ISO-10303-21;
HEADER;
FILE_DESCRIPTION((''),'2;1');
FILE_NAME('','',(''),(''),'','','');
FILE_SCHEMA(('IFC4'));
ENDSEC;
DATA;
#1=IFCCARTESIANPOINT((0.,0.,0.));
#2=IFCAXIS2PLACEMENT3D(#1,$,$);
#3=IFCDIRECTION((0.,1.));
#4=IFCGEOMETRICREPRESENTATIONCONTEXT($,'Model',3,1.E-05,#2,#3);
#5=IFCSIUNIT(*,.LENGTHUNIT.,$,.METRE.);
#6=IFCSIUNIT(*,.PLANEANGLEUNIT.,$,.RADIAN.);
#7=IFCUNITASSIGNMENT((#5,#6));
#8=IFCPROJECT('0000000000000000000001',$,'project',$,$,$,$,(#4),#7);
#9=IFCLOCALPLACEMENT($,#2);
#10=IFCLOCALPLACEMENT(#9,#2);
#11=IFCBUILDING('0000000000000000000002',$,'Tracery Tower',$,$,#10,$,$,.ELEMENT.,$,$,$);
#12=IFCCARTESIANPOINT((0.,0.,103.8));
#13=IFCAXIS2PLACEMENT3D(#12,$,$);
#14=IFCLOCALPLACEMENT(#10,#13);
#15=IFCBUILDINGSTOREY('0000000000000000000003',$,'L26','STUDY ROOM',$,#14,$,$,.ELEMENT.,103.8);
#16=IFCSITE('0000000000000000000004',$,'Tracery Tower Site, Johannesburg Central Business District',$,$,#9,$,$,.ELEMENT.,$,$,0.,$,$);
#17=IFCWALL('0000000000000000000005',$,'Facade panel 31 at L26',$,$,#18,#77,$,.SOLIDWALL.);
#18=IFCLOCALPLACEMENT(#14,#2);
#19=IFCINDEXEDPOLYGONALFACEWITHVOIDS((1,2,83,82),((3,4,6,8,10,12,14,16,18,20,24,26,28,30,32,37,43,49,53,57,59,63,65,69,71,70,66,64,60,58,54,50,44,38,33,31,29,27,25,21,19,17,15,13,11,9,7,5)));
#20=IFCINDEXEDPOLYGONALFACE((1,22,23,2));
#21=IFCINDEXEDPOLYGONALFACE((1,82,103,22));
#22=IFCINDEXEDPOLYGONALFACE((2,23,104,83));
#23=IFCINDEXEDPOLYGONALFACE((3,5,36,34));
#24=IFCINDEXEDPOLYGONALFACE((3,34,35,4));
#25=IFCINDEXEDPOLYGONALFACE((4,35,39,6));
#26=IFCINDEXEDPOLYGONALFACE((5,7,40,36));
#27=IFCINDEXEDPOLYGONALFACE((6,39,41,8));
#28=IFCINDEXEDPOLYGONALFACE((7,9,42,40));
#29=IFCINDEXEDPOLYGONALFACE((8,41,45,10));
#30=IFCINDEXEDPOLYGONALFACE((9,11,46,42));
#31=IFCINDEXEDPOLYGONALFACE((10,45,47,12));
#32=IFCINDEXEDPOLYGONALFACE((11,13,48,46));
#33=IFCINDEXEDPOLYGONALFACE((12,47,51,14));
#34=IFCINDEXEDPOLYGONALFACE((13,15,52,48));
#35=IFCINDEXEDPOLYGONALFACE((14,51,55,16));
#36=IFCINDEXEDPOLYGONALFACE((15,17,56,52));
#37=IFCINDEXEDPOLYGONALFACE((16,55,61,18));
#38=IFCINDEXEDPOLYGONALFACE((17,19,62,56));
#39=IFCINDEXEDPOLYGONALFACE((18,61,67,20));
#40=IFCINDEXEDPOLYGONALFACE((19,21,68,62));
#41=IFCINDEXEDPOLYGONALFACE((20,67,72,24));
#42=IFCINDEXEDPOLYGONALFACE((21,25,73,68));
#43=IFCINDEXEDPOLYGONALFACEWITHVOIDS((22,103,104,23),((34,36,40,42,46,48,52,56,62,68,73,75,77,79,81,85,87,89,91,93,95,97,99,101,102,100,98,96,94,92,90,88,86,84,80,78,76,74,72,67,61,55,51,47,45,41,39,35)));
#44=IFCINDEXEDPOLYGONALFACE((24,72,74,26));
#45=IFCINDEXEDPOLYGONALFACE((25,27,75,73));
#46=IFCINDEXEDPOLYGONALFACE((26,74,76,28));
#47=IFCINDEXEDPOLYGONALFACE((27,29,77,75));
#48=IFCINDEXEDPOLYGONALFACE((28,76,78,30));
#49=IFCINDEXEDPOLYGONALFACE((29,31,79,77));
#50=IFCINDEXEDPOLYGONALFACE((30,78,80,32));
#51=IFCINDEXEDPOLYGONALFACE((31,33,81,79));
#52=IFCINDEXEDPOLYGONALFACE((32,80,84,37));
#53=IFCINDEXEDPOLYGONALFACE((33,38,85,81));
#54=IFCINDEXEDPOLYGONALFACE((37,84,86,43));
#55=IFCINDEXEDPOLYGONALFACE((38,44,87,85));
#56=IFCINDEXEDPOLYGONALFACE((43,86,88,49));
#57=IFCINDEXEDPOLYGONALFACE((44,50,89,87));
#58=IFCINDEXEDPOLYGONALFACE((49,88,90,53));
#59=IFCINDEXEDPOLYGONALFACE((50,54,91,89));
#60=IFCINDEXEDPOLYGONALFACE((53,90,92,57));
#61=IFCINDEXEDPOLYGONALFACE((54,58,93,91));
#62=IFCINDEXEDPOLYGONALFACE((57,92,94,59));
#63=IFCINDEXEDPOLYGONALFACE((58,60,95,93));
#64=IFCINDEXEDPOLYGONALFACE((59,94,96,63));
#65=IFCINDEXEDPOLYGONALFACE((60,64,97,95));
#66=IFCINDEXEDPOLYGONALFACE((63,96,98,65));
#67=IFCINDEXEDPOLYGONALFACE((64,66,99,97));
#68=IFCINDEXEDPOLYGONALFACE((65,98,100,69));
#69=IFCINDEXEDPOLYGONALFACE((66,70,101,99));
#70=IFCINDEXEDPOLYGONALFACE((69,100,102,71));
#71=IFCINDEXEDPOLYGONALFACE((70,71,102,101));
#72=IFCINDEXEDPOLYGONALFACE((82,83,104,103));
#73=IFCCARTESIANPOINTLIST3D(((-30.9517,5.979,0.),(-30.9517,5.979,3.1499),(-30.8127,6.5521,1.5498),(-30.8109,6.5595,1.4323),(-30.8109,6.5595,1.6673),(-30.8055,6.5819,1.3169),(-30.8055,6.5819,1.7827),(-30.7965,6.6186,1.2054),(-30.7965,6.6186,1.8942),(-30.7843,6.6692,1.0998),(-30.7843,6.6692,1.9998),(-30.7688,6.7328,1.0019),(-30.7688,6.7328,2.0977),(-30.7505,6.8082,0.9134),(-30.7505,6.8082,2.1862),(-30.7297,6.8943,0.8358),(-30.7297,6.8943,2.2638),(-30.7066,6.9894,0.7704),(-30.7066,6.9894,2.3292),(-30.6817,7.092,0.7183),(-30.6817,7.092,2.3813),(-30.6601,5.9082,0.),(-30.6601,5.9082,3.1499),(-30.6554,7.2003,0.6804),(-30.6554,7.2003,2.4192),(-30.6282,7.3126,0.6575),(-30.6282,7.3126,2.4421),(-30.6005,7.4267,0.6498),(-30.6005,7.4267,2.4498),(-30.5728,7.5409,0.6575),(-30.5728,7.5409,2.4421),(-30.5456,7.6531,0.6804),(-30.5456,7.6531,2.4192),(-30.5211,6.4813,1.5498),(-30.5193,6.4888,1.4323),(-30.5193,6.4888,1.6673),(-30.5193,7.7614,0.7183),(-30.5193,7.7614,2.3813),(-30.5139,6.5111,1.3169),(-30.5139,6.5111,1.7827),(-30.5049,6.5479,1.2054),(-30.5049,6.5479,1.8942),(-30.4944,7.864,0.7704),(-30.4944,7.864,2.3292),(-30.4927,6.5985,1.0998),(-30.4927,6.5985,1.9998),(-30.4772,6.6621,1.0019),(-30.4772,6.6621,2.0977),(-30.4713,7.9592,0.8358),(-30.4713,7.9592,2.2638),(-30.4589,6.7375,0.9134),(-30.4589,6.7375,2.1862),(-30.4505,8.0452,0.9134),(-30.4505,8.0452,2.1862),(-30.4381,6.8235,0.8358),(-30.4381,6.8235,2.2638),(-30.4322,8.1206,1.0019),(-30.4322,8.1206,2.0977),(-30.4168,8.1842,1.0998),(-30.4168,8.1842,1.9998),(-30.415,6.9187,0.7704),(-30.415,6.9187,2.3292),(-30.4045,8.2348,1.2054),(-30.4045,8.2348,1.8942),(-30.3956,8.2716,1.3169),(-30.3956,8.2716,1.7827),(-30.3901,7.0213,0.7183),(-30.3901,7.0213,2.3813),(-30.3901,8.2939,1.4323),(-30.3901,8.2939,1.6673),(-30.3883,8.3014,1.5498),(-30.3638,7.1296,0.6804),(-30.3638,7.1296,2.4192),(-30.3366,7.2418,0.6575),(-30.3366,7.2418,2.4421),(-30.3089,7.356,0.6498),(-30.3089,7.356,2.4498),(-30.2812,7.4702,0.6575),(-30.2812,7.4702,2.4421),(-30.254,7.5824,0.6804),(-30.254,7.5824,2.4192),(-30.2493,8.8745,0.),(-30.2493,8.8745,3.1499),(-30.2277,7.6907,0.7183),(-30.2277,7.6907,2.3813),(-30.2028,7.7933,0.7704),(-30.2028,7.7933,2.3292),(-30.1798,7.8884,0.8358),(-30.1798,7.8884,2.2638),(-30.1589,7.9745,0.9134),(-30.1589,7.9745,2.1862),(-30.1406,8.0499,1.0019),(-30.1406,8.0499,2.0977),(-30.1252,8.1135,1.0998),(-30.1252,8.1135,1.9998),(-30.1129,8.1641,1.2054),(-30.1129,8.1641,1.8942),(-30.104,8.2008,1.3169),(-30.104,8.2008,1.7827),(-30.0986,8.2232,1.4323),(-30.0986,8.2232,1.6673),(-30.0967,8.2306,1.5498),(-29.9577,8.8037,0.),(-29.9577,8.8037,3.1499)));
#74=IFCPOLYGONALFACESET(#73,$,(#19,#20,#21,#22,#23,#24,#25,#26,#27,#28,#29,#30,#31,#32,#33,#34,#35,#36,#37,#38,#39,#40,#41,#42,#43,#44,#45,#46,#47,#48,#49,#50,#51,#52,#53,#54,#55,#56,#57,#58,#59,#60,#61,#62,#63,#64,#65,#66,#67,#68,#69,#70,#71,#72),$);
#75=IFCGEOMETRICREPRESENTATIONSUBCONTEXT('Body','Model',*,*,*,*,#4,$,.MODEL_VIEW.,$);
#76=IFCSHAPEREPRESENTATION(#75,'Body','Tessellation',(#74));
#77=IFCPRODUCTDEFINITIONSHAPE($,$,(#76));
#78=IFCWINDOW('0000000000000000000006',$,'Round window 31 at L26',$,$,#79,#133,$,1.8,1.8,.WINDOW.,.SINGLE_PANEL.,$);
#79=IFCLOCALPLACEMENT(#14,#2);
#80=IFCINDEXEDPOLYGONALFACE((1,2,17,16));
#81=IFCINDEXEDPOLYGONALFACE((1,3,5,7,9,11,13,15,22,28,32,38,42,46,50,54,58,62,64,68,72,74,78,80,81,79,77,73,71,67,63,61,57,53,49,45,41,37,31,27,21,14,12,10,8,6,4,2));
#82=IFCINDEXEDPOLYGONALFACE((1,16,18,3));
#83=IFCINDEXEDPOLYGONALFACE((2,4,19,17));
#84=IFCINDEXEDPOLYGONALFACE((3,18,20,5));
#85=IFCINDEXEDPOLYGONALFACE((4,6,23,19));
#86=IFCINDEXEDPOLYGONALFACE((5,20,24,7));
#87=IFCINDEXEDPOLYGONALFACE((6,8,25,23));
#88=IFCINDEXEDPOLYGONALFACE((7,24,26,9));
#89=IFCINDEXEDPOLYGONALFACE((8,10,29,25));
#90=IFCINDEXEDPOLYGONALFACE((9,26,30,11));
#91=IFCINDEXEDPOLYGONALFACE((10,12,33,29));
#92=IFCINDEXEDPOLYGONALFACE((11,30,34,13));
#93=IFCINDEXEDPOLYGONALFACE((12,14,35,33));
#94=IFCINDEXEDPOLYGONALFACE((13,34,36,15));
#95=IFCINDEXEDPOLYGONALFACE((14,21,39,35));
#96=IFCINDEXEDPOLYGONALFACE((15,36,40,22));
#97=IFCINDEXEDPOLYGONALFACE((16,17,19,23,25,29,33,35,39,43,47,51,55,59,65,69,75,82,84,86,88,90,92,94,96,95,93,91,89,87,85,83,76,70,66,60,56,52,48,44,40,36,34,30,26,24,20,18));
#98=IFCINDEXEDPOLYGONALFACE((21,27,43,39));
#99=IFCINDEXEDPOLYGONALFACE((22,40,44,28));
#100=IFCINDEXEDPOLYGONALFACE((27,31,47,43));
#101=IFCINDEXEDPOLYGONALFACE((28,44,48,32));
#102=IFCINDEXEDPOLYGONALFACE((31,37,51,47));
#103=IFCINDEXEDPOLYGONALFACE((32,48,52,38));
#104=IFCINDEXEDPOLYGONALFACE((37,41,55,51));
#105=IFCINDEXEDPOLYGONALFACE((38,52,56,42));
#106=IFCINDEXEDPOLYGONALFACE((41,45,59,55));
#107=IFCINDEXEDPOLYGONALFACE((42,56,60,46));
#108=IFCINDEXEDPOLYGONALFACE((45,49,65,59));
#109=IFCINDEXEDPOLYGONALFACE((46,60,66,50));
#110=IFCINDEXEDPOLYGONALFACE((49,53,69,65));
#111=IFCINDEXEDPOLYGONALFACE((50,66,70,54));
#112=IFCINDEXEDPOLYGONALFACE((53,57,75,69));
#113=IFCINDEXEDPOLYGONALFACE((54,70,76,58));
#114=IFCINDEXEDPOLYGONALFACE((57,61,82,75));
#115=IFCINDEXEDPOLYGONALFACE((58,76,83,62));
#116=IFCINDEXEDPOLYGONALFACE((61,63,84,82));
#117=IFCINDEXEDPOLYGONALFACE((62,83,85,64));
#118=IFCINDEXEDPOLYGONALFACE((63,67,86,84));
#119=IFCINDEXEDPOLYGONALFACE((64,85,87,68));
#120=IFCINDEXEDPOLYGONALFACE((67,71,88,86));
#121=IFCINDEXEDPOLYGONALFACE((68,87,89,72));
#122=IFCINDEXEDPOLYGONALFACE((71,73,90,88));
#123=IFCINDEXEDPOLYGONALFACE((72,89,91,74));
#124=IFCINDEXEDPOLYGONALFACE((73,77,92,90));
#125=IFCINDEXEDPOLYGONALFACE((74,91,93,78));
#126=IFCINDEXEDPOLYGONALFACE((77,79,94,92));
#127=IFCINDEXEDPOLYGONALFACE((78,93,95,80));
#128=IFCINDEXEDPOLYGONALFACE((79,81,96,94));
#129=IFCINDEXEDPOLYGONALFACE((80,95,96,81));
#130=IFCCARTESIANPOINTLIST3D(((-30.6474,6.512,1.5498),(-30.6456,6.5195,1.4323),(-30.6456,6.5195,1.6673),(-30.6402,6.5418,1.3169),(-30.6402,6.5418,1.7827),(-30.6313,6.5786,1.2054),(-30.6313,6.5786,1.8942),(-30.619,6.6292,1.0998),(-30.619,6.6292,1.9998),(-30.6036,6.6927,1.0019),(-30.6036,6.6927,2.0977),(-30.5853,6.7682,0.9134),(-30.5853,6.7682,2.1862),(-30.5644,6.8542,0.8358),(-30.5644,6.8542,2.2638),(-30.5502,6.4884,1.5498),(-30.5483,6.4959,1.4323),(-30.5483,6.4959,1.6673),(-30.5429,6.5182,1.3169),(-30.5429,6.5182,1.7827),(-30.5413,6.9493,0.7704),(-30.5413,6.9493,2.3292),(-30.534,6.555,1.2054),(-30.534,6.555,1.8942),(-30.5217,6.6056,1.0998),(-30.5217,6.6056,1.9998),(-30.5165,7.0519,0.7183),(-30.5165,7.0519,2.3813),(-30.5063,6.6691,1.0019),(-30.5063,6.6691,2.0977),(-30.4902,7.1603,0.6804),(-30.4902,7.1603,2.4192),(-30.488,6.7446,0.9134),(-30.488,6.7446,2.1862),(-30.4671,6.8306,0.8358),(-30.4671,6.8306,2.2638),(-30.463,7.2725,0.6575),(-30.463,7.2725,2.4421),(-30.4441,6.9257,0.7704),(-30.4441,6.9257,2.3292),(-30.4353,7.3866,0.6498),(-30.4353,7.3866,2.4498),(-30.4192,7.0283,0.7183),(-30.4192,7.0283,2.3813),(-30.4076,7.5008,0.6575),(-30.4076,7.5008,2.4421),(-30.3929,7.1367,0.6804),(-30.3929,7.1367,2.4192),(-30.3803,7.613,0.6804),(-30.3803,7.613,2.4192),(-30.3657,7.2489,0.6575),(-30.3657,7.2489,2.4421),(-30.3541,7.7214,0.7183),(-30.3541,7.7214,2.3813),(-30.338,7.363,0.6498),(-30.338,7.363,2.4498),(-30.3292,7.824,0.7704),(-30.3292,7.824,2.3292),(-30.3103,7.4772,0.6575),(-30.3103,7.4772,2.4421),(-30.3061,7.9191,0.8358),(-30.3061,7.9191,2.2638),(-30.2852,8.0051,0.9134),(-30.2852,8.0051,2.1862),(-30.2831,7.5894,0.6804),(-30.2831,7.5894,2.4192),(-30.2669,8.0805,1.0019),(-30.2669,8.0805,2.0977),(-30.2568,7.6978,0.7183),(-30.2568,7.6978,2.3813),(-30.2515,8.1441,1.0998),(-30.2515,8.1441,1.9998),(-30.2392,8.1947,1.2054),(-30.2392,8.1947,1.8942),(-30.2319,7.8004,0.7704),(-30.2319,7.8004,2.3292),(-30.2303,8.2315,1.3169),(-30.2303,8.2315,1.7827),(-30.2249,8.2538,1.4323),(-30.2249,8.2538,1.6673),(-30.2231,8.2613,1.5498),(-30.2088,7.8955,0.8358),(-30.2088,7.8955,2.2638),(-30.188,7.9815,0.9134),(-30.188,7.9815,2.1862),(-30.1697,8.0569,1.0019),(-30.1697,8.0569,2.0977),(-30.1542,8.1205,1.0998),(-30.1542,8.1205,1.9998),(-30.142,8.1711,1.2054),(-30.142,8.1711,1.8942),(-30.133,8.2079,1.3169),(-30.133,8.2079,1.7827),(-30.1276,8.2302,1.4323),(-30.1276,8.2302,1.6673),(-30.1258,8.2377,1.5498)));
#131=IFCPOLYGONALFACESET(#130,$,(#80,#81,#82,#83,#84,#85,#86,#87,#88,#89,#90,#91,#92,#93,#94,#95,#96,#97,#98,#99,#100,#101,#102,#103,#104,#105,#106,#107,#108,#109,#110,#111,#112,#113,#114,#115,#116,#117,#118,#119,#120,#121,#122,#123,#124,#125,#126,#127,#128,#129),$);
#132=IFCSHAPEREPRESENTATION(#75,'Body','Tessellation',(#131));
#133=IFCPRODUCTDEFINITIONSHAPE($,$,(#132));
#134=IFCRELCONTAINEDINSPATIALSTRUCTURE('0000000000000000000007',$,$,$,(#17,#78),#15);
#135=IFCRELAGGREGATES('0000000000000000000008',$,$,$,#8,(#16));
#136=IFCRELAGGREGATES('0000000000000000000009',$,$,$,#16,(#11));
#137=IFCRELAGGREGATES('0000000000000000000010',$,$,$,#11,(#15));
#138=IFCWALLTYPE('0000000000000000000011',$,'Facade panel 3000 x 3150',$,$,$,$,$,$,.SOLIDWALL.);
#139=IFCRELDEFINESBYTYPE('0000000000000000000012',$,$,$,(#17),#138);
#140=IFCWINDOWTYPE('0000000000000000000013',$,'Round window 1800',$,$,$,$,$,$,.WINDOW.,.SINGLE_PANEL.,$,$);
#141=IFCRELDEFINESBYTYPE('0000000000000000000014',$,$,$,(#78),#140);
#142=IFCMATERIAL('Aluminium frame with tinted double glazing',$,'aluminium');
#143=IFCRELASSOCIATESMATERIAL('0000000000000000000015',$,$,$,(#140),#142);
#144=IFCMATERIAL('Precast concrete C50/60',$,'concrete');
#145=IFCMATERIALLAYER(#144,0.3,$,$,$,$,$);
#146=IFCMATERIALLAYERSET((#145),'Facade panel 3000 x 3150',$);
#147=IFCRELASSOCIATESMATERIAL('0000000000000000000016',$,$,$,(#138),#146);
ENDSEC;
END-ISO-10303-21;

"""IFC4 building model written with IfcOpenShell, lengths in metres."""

from ifc_helpers import new_model, si_unit, direction, frame, frame_2d, origin, origin_2d, place, context, subcontext, project, spatial, rectangle, circle, extrude, material, layer, layer_set, type_object, element, fill, save


model = new_model("IFC4")

# Units and contexts
model_context = context("Model", 3, precision=1e-05, world=origin(), true_north=direction((0.0, 1.0)))
body_context = subcontext(model_context, "Body", "Model", "MODEL_VIEW")
ifc_project = project(units=[si_unit("LENGTHUNIT", "METRE"), si_unit("PLANEANGLEUNIT", "RADIAN")], contexts=[model_context])

# Site, building, storey
site_placement = place(None, origin())
site = spatial("IfcSite", under=ifc_project, at=site_placement, Name="Tracery Tower Site, Johannesburg Central Business District", CompositionType="ELEMENT", RefElevation=0.0)
building_placement = place(site_placement, origin())
building = spatial("IfcBuilding", under=site, at=building_placement, Name="Tracery Tower", CompositionType="ELEMENT")
storey_placement = place(building_placement, frame((0.0, 0.0, 103.8)))
storey = spatial("IfcBuildingStorey", under=building, at=storey_placement, Name="L26", Description="STUDY ROOM", CompositionType="ELEMENT", Elevation=103.8)

# Wall, opening, window
ifc_material_1 = material(Name="Aluminium frame with tinted double glazing", Category="aluminium")
window_type = type_object("IfcWindowType", Name="Round window 1800", PartitioningType="SINGLE_PANEL", PredefinedType="WINDOW", material=ifc_material_1)
ifc_material_2 = material(Name="Precast concrete C50/60", Category="concrete")
ifc_layer_1 = layer(ifc_material_2, 0.3)
ifc_layer_set_1 = layer_set([ifc_layer_1], Name="Facade panel 3000 x 3150")
wall_type_1 = type_object("IfcWallType", Name="Facade panel 3000 x 3150", PredefinedType="SOLIDWALL", material=ifc_layer_set_1)
wall_1_placement = place(storey_placement, frame((-30.1035, 8.8391, 0.0), z_axis=(0.0, 0.0, 1.0), x_axis=(-0.235743, -0.971815, 0.0)))
wall_1 = element("IfcWall", 1, at=wall_1_placement, inside=storey, type_object=wall_type_1, Name="Facade panel 31 at L26", PredefinedType="SOLIDWALL", context=body_context, shape_type="SweptSolid", body=[
    extrude(rectangle(XDim=2.9795, YDim=0.3, at=frame_2d((1.4897, 0.0))), origin(), (0.0, 0.0, 1.0), 3.1499),
])
opening_1_placement = place(wall_1_placement, frame((1.4897, 0.0, 1.5498)))
opening_1 = element("IfcOpeningElement", 2, at=opening_1_placement, cuts=wall_1, PredefinedType="OPENING", context=body_context, shape_type="SweptSolid", body=[
    extrude(circle(Radius=0.9, at=origin_2d()), frame((0.0, 0.1599, 0.0), z_axis=(0.0, -1.0, 0.0), x_axis=(1.0, 0.0, 0.0)), (0.0, 0.0, 1.0), 0.3201),
])
window_1_placement = place(opening_1_placement, origin())
window_1 = element("IfcWindow", 3, at=window_1_placement, inside=storey, type_object=window_type, Name="Round window 31 at L26", OverallHeight=1.8, OverallWidth=1.8, PartitioningType="SINGLE_PANEL", PredefinedType="WINDOW", context=body_context, shape_type="SweptSolid", body=[
    extrude(circle(Radius=0.9, at=origin_2d()), frame((0.0, 0.1201, 0.0), z_axis=(0.0, -1.0, 0.0), x_axis=(1.0, 0.0, 0.0)), (0.0, 0.0, 1.0), 0.1001),
])
fill(opening_1, window_1)

save(model, "model.ifc")
